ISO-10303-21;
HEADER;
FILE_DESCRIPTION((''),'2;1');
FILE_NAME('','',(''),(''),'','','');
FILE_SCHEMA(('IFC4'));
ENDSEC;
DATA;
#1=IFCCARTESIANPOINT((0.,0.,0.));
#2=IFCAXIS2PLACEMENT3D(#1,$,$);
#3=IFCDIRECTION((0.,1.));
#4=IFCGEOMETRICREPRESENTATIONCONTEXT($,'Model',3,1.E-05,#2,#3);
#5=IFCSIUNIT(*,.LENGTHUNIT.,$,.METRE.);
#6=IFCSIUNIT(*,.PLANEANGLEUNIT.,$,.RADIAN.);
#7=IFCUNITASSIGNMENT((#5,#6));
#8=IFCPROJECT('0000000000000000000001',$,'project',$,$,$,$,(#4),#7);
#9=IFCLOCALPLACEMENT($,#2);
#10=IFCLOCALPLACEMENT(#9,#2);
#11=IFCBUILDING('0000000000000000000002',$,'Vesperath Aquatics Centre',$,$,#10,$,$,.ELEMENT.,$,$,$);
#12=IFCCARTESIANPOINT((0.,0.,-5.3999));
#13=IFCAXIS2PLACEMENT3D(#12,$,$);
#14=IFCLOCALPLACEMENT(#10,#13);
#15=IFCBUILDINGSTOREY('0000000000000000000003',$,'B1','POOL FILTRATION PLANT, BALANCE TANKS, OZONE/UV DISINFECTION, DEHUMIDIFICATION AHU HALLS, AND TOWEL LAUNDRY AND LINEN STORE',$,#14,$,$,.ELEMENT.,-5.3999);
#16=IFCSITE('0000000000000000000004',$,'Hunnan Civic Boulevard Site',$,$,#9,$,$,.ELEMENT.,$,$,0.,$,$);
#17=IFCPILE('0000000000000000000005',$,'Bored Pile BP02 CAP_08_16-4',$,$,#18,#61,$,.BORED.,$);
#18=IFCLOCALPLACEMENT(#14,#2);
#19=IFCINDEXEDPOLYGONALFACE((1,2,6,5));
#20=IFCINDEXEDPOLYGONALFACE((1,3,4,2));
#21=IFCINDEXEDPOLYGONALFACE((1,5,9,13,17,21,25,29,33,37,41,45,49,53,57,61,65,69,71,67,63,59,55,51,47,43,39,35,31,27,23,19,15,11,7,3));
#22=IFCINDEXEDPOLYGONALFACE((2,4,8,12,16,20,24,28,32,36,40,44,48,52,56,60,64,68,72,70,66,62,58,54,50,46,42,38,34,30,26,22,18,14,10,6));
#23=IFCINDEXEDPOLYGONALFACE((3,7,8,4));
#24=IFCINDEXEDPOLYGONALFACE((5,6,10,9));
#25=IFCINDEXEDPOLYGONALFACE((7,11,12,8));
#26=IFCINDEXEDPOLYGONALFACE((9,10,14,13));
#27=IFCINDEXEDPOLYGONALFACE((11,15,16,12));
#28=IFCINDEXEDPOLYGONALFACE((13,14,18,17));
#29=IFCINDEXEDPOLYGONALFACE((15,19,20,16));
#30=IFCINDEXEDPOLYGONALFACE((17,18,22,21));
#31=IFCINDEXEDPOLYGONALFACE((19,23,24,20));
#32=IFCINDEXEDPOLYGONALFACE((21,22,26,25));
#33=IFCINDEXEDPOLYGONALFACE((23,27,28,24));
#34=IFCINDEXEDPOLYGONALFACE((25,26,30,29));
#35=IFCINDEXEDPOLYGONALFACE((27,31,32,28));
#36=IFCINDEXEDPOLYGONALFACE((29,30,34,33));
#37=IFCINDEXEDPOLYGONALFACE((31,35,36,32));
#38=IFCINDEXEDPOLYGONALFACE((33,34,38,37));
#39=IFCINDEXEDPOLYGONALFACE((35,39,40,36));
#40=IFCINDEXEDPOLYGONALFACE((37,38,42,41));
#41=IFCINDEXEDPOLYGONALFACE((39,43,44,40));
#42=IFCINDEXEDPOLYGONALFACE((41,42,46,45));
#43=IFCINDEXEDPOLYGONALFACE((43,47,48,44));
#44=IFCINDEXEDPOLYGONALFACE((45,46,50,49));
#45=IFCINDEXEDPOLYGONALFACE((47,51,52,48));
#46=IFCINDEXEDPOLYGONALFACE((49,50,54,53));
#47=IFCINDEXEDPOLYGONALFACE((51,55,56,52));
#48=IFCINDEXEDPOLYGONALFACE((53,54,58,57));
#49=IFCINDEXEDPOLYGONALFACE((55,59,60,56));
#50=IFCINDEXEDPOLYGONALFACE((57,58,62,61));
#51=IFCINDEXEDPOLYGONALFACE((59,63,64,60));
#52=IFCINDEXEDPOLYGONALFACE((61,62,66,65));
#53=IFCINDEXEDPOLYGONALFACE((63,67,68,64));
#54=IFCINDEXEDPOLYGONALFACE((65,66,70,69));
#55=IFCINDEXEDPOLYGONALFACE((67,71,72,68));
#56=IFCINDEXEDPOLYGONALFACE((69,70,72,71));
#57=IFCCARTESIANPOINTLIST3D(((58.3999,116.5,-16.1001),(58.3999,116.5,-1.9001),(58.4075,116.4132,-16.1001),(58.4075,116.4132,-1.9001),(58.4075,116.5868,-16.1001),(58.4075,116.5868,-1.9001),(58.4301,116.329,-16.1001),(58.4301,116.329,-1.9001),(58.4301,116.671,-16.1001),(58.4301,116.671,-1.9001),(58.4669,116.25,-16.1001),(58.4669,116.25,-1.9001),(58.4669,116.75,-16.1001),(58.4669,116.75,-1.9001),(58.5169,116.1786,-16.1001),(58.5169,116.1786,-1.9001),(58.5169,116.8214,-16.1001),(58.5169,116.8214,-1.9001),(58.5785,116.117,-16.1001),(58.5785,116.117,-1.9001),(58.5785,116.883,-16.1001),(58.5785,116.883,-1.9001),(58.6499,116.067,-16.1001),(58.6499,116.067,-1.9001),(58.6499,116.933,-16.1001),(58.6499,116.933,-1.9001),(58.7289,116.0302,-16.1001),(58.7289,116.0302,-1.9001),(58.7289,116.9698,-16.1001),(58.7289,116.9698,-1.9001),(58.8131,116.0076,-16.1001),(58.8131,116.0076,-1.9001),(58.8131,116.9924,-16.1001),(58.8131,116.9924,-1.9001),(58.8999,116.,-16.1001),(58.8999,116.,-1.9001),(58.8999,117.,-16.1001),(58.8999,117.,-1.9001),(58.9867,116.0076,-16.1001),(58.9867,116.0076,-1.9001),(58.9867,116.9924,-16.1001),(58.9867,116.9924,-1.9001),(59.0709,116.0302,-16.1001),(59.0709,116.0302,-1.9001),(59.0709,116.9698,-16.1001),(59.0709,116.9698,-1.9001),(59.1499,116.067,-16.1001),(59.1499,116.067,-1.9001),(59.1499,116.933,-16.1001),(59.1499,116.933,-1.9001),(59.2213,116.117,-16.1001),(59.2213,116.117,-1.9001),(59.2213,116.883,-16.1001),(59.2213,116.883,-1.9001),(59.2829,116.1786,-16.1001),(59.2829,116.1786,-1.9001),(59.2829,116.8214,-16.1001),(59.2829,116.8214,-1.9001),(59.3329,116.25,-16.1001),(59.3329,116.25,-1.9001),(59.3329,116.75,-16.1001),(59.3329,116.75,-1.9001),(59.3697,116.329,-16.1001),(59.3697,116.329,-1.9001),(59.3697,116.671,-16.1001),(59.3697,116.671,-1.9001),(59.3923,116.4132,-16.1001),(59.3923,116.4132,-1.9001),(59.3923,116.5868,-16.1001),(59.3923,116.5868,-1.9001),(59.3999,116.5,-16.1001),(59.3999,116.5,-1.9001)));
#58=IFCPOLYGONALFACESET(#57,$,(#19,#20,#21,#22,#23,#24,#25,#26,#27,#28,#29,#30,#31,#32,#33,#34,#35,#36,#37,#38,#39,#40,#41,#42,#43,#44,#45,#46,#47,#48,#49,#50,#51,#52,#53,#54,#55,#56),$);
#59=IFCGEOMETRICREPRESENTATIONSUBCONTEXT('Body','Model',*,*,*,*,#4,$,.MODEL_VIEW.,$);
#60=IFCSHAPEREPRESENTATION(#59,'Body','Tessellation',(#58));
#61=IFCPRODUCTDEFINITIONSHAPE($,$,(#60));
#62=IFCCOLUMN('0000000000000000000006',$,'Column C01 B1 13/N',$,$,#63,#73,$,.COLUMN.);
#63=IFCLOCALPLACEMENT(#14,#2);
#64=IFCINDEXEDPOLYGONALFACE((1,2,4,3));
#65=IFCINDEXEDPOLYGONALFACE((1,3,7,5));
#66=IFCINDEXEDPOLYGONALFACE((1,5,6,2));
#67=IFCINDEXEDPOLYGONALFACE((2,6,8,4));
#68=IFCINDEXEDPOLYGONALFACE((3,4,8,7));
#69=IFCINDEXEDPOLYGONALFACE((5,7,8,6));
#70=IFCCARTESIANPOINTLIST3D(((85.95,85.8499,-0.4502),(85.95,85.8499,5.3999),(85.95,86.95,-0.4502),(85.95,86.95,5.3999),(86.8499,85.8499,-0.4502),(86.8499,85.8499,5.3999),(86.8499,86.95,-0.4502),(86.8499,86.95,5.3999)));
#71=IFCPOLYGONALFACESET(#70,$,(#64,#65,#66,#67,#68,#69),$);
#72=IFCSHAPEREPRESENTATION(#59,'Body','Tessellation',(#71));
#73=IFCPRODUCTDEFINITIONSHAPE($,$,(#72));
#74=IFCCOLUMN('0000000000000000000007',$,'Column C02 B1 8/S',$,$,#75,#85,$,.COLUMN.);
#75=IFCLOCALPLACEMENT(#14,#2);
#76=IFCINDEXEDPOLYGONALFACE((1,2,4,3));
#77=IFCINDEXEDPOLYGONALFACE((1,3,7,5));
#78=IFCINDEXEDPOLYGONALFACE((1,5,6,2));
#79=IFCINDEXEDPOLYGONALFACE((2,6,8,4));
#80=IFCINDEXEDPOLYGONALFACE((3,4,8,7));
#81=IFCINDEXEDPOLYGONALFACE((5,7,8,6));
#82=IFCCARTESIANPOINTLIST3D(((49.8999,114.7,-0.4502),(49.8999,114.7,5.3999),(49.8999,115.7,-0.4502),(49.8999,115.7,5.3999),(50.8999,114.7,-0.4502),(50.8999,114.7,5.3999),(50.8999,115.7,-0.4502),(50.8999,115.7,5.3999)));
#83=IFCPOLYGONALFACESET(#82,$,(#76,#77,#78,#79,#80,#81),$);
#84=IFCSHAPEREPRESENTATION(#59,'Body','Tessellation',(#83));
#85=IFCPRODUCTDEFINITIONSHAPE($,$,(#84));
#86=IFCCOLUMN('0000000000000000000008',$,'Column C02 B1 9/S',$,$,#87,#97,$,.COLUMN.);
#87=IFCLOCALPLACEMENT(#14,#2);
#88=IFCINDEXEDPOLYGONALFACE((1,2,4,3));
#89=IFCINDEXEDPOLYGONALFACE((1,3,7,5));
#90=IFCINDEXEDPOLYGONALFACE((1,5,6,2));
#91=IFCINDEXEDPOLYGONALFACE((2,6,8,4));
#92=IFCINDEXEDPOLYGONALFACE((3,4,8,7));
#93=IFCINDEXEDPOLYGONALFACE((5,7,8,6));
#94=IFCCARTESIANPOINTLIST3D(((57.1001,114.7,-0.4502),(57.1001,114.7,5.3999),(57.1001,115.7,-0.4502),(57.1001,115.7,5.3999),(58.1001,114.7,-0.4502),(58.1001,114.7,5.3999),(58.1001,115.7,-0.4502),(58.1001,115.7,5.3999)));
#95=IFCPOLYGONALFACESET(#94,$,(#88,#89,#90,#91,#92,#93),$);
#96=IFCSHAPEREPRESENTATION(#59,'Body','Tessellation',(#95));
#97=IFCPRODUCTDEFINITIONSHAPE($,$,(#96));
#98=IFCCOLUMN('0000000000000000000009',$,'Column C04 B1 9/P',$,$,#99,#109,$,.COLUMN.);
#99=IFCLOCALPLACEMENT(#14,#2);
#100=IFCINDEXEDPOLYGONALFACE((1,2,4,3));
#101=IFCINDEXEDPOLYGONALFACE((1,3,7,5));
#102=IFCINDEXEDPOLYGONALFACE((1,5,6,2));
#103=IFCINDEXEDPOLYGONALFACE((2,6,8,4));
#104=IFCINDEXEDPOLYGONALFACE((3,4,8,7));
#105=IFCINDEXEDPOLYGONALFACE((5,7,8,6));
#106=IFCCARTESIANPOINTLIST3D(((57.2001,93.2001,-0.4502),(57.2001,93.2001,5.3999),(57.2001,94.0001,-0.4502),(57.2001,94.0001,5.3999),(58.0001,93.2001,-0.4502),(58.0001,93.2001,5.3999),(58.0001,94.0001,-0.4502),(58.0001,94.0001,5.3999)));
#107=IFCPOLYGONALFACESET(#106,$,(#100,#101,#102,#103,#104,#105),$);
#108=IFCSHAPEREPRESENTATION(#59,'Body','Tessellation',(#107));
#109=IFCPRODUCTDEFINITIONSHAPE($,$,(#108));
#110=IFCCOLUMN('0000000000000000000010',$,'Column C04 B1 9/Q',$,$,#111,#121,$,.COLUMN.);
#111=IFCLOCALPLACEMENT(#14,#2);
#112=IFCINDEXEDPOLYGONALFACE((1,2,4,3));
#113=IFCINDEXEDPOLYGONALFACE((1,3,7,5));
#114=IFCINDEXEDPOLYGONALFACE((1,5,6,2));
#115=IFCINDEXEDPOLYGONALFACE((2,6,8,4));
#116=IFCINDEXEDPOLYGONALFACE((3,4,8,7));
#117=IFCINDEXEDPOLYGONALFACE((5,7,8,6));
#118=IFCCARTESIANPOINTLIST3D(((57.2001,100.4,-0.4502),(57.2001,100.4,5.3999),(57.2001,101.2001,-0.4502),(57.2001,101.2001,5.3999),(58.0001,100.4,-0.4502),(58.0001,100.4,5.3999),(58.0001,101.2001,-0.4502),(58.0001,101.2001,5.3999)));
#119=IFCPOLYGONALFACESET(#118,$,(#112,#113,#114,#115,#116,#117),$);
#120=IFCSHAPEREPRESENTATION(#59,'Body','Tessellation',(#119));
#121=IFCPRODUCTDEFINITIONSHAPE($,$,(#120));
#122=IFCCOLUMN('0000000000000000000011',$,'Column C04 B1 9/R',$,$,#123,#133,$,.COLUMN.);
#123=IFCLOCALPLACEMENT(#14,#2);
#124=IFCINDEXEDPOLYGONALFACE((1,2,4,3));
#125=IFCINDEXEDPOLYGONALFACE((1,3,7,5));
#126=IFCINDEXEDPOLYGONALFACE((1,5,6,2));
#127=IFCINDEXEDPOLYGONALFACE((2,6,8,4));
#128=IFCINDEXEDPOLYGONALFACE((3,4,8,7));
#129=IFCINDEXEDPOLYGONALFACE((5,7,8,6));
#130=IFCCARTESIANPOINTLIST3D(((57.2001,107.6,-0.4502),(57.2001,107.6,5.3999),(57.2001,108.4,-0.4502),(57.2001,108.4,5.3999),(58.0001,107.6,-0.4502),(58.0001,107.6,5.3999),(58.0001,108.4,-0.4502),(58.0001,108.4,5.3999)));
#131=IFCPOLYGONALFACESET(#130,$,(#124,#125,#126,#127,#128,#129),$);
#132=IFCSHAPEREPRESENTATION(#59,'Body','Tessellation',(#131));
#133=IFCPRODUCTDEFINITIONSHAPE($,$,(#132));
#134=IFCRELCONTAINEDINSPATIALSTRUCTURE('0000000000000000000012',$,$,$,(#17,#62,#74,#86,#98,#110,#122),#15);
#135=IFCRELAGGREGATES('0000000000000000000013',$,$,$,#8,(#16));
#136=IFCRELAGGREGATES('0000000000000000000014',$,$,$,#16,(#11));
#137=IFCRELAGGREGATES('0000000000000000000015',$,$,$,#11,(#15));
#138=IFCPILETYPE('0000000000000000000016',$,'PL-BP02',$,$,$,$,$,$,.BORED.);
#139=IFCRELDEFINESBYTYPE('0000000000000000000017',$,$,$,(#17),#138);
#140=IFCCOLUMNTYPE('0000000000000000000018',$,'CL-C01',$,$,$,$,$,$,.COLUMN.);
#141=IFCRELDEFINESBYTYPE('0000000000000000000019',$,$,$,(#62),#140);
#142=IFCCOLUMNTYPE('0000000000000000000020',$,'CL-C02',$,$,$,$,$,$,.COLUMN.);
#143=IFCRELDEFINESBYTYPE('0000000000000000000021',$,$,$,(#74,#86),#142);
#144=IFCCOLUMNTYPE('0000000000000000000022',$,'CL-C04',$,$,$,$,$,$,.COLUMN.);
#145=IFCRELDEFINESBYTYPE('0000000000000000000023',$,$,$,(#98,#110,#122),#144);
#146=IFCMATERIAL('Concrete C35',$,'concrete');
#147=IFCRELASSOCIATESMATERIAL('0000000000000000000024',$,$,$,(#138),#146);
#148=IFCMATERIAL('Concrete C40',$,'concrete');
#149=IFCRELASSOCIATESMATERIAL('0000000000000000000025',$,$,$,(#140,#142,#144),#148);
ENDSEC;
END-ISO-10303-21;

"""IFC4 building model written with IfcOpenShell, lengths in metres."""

from ifc_helpers import new_model, si_unit, direction, frame, origin, origin_2d, place, context, subcontext, project, spatial, rectangle, circle, extrude, material, material_profile, profile_set, type_object, element, save


model = new_model("IFC4")

# Units and contexts
model_context = context("Model", 3, precision=1e-05, world=origin(), true_north=direction((0.0, 1.0)))
body_context = subcontext(model_context, "Body", "Model", "MODEL_VIEW")
ifc_project = project(units=[si_unit("LENGTHUNIT", "METRE"), si_unit("PLANEANGLEUNIT", "RADIAN")], contexts=[model_context])

# Site, building, storey
site_placement = place(None, origin())
site = spatial("IfcSite", under=ifc_project, at=site_placement, Name="Hunnan Civic Boulevard Site", CompositionType="ELEMENT", RefElevation=0.0)
building_placement = place(site_placement, origin())
building = spatial("IfcBuilding", under=site, at=building_placement, Name="Vesperath Aquatics Centre", CompositionType="ELEMENT")
storey_placement = place(building_placement, frame((0.0, 0.0, -5.3999)))
storey = spatial("IfcBuildingStorey", under=building, at=storey_placement, Name="B1", Description="POOL FILTRATION PLANT, BALANCE TANKS, OZONE/UV DISINFECTION, DEHUMIDIFICATION AHU HALLS, AND TOWEL LAUNDRY AND LINEN STORE", CompositionType="ELEMENT", Elevation=-5.3999)

# Shared definitions
ifc_material_1 = material(Name="Concrete C40", Category="concrete")

# Pile
ifc_material_2 = material(Name="Concrete C35", Category="concrete")
ifc_material_profile_1 = material_profile(ifc_material_2, circle(Radius=0.5, at=origin_2d()), Name="PILE D1000")
ifc_profile_set_1 = profile_set([ifc_material_profile_1], Name="Concrete C35")
pile_type_1 = type_object("IfcPileType", Name="PL-BP02", PredefinedType="BORED", material=ifc_profile_set_1)
for number, where, z_axis, x_axis, name in (
    (1, (58.8999, 116.5, -1.9001), (0.0, 0.0, -1.0), (1.0, 0.0, 0.0), "Bored Pile BP02 CAP_08_16-4"),
):
    element("IfcPile", number, at=place(storey_placement, frame(where, z_axis=z_axis, x_axis=x_axis)), inside=storey, type_object=pile_type_1, Name=name, PredefinedType="BORED", context=body_context, shape_type="SweptSolid", body=[
        extrude(circle(Radius=0.5, at=origin_2d()), origin(), (0.0, 0.0, 1.0), 14.2),
    ])

# Columns
ifc_material_profile_2 = material_profile(ifc_material_1, rectangle(XDim=0.8999, YDim=1.1001, at=origin_2d()), Name="RC 1100x900")
ifc_profile_set_2 = profile_set([ifc_material_profile_2], Name="Concrete C40")
column_type_1 = type_object("IfcColumnType", Name="CL-C01", PredefinedType="COLUMN", material=ifc_profile_set_2)
column_placement = place(storey_placement, frame((86.3999, 86.3999, -0.4502), z_axis=(0.0, 0.0, 1.0), x_axis=(1.0, 0.0, 0.0)))
element("IfcColumn", 2, at=column_placement, inside=storey, type_object=column_type_1, Name="Column C01 B1 13/N", PredefinedType="COLUMN", context=body_context, shape_type="SweptSolid", body=[
    extrude(rectangle(XDim=0.8999, YDim=1.1001, at=origin_2d()), origin(), (0.0, 0.0, 1.0), 5.8501),
])
ifc_material_profile_3 = material_profile(ifc_material_1, rectangle(XDim=1.0, YDim=1.0, at=origin_2d()), Name="RC 1000x1000")
ifc_profile_set_3 = profile_set([ifc_material_profile_3], Name="Concrete C40")
column_type_2 = type_object("IfcColumnType", Name="CL-C02", PredefinedType="COLUMN", material=ifc_profile_set_3)
for number, where, z_axis, x_axis, name in (
    (3, (50.3999, 115.2, -0.4502), (0.0, 0.0, 1.0), (1.0, 0.0, 0.0), "Column C02 B1 8/S"),
    (4, (57.6001, 115.2, -0.4502), (0.0, 0.0, 1.0), (1.0, 0.0, 0.0), "Column C02 B1 9/S"),
):
    element("IfcColumn", number, at=place(storey_placement, frame(where, z_axis=z_axis, x_axis=x_axis)), inside=storey, type_object=column_type_2, Name=name, PredefinedType="COLUMN", context=body_context, shape_type="SweptSolid", body=[
        extrude(rectangle(XDim=1.0, YDim=1.0, at=origin_2d()), origin(), (0.0, 0.0, 1.0), 5.8501),
    ])
ifc_material_profile_4 = material_profile(ifc_material_1, rectangle(XDim=0.8, YDim=0.8, at=origin_2d()), Name="RC 800x800")
ifc_profile_set_4 = profile_set([ifc_material_profile_4], Name="Concrete C40")
column_type_3 = type_object("IfcColumnType", Name="CL-C04", PredefinedType="COLUMN", material=ifc_profile_set_4)
for number, where, z_axis, x_axis, name in (
    (5, (57.6001, 93.6001, -0.4502), (0.0, 0.0, 1.0), (1.0, 0.0, 0.0), "Column C04 B1 9/P"),
    (6, (57.6001, 100.8, -0.4502), (0.0, 0.0, 1.0), (1.0, 0.0, 0.0), "Column C04 B1 9/Q"),
    (7, (57.6001, 108.0, -0.4502), (0.0, 0.0, 1.0), (1.0, 0.0, 0.0), "Column C04 B1 9/R"),
):
    element("IfcColumn", number, at=place(storey_placement, frame(where, z_axis=z_axis, x_axis=x_axis)), inside=storey, type_object=column_type_3, Name=name, PredefinedType="COLUMN", context=body_context, shape_type="SweptSolid", body=[
        extrude(rectangle(XDim=0.8, YDim=0.8, at=origin_2d()), origin(), (0.0, 0.0, 1.0), 5.8501),
    ])

save(model, "model.ifc")
